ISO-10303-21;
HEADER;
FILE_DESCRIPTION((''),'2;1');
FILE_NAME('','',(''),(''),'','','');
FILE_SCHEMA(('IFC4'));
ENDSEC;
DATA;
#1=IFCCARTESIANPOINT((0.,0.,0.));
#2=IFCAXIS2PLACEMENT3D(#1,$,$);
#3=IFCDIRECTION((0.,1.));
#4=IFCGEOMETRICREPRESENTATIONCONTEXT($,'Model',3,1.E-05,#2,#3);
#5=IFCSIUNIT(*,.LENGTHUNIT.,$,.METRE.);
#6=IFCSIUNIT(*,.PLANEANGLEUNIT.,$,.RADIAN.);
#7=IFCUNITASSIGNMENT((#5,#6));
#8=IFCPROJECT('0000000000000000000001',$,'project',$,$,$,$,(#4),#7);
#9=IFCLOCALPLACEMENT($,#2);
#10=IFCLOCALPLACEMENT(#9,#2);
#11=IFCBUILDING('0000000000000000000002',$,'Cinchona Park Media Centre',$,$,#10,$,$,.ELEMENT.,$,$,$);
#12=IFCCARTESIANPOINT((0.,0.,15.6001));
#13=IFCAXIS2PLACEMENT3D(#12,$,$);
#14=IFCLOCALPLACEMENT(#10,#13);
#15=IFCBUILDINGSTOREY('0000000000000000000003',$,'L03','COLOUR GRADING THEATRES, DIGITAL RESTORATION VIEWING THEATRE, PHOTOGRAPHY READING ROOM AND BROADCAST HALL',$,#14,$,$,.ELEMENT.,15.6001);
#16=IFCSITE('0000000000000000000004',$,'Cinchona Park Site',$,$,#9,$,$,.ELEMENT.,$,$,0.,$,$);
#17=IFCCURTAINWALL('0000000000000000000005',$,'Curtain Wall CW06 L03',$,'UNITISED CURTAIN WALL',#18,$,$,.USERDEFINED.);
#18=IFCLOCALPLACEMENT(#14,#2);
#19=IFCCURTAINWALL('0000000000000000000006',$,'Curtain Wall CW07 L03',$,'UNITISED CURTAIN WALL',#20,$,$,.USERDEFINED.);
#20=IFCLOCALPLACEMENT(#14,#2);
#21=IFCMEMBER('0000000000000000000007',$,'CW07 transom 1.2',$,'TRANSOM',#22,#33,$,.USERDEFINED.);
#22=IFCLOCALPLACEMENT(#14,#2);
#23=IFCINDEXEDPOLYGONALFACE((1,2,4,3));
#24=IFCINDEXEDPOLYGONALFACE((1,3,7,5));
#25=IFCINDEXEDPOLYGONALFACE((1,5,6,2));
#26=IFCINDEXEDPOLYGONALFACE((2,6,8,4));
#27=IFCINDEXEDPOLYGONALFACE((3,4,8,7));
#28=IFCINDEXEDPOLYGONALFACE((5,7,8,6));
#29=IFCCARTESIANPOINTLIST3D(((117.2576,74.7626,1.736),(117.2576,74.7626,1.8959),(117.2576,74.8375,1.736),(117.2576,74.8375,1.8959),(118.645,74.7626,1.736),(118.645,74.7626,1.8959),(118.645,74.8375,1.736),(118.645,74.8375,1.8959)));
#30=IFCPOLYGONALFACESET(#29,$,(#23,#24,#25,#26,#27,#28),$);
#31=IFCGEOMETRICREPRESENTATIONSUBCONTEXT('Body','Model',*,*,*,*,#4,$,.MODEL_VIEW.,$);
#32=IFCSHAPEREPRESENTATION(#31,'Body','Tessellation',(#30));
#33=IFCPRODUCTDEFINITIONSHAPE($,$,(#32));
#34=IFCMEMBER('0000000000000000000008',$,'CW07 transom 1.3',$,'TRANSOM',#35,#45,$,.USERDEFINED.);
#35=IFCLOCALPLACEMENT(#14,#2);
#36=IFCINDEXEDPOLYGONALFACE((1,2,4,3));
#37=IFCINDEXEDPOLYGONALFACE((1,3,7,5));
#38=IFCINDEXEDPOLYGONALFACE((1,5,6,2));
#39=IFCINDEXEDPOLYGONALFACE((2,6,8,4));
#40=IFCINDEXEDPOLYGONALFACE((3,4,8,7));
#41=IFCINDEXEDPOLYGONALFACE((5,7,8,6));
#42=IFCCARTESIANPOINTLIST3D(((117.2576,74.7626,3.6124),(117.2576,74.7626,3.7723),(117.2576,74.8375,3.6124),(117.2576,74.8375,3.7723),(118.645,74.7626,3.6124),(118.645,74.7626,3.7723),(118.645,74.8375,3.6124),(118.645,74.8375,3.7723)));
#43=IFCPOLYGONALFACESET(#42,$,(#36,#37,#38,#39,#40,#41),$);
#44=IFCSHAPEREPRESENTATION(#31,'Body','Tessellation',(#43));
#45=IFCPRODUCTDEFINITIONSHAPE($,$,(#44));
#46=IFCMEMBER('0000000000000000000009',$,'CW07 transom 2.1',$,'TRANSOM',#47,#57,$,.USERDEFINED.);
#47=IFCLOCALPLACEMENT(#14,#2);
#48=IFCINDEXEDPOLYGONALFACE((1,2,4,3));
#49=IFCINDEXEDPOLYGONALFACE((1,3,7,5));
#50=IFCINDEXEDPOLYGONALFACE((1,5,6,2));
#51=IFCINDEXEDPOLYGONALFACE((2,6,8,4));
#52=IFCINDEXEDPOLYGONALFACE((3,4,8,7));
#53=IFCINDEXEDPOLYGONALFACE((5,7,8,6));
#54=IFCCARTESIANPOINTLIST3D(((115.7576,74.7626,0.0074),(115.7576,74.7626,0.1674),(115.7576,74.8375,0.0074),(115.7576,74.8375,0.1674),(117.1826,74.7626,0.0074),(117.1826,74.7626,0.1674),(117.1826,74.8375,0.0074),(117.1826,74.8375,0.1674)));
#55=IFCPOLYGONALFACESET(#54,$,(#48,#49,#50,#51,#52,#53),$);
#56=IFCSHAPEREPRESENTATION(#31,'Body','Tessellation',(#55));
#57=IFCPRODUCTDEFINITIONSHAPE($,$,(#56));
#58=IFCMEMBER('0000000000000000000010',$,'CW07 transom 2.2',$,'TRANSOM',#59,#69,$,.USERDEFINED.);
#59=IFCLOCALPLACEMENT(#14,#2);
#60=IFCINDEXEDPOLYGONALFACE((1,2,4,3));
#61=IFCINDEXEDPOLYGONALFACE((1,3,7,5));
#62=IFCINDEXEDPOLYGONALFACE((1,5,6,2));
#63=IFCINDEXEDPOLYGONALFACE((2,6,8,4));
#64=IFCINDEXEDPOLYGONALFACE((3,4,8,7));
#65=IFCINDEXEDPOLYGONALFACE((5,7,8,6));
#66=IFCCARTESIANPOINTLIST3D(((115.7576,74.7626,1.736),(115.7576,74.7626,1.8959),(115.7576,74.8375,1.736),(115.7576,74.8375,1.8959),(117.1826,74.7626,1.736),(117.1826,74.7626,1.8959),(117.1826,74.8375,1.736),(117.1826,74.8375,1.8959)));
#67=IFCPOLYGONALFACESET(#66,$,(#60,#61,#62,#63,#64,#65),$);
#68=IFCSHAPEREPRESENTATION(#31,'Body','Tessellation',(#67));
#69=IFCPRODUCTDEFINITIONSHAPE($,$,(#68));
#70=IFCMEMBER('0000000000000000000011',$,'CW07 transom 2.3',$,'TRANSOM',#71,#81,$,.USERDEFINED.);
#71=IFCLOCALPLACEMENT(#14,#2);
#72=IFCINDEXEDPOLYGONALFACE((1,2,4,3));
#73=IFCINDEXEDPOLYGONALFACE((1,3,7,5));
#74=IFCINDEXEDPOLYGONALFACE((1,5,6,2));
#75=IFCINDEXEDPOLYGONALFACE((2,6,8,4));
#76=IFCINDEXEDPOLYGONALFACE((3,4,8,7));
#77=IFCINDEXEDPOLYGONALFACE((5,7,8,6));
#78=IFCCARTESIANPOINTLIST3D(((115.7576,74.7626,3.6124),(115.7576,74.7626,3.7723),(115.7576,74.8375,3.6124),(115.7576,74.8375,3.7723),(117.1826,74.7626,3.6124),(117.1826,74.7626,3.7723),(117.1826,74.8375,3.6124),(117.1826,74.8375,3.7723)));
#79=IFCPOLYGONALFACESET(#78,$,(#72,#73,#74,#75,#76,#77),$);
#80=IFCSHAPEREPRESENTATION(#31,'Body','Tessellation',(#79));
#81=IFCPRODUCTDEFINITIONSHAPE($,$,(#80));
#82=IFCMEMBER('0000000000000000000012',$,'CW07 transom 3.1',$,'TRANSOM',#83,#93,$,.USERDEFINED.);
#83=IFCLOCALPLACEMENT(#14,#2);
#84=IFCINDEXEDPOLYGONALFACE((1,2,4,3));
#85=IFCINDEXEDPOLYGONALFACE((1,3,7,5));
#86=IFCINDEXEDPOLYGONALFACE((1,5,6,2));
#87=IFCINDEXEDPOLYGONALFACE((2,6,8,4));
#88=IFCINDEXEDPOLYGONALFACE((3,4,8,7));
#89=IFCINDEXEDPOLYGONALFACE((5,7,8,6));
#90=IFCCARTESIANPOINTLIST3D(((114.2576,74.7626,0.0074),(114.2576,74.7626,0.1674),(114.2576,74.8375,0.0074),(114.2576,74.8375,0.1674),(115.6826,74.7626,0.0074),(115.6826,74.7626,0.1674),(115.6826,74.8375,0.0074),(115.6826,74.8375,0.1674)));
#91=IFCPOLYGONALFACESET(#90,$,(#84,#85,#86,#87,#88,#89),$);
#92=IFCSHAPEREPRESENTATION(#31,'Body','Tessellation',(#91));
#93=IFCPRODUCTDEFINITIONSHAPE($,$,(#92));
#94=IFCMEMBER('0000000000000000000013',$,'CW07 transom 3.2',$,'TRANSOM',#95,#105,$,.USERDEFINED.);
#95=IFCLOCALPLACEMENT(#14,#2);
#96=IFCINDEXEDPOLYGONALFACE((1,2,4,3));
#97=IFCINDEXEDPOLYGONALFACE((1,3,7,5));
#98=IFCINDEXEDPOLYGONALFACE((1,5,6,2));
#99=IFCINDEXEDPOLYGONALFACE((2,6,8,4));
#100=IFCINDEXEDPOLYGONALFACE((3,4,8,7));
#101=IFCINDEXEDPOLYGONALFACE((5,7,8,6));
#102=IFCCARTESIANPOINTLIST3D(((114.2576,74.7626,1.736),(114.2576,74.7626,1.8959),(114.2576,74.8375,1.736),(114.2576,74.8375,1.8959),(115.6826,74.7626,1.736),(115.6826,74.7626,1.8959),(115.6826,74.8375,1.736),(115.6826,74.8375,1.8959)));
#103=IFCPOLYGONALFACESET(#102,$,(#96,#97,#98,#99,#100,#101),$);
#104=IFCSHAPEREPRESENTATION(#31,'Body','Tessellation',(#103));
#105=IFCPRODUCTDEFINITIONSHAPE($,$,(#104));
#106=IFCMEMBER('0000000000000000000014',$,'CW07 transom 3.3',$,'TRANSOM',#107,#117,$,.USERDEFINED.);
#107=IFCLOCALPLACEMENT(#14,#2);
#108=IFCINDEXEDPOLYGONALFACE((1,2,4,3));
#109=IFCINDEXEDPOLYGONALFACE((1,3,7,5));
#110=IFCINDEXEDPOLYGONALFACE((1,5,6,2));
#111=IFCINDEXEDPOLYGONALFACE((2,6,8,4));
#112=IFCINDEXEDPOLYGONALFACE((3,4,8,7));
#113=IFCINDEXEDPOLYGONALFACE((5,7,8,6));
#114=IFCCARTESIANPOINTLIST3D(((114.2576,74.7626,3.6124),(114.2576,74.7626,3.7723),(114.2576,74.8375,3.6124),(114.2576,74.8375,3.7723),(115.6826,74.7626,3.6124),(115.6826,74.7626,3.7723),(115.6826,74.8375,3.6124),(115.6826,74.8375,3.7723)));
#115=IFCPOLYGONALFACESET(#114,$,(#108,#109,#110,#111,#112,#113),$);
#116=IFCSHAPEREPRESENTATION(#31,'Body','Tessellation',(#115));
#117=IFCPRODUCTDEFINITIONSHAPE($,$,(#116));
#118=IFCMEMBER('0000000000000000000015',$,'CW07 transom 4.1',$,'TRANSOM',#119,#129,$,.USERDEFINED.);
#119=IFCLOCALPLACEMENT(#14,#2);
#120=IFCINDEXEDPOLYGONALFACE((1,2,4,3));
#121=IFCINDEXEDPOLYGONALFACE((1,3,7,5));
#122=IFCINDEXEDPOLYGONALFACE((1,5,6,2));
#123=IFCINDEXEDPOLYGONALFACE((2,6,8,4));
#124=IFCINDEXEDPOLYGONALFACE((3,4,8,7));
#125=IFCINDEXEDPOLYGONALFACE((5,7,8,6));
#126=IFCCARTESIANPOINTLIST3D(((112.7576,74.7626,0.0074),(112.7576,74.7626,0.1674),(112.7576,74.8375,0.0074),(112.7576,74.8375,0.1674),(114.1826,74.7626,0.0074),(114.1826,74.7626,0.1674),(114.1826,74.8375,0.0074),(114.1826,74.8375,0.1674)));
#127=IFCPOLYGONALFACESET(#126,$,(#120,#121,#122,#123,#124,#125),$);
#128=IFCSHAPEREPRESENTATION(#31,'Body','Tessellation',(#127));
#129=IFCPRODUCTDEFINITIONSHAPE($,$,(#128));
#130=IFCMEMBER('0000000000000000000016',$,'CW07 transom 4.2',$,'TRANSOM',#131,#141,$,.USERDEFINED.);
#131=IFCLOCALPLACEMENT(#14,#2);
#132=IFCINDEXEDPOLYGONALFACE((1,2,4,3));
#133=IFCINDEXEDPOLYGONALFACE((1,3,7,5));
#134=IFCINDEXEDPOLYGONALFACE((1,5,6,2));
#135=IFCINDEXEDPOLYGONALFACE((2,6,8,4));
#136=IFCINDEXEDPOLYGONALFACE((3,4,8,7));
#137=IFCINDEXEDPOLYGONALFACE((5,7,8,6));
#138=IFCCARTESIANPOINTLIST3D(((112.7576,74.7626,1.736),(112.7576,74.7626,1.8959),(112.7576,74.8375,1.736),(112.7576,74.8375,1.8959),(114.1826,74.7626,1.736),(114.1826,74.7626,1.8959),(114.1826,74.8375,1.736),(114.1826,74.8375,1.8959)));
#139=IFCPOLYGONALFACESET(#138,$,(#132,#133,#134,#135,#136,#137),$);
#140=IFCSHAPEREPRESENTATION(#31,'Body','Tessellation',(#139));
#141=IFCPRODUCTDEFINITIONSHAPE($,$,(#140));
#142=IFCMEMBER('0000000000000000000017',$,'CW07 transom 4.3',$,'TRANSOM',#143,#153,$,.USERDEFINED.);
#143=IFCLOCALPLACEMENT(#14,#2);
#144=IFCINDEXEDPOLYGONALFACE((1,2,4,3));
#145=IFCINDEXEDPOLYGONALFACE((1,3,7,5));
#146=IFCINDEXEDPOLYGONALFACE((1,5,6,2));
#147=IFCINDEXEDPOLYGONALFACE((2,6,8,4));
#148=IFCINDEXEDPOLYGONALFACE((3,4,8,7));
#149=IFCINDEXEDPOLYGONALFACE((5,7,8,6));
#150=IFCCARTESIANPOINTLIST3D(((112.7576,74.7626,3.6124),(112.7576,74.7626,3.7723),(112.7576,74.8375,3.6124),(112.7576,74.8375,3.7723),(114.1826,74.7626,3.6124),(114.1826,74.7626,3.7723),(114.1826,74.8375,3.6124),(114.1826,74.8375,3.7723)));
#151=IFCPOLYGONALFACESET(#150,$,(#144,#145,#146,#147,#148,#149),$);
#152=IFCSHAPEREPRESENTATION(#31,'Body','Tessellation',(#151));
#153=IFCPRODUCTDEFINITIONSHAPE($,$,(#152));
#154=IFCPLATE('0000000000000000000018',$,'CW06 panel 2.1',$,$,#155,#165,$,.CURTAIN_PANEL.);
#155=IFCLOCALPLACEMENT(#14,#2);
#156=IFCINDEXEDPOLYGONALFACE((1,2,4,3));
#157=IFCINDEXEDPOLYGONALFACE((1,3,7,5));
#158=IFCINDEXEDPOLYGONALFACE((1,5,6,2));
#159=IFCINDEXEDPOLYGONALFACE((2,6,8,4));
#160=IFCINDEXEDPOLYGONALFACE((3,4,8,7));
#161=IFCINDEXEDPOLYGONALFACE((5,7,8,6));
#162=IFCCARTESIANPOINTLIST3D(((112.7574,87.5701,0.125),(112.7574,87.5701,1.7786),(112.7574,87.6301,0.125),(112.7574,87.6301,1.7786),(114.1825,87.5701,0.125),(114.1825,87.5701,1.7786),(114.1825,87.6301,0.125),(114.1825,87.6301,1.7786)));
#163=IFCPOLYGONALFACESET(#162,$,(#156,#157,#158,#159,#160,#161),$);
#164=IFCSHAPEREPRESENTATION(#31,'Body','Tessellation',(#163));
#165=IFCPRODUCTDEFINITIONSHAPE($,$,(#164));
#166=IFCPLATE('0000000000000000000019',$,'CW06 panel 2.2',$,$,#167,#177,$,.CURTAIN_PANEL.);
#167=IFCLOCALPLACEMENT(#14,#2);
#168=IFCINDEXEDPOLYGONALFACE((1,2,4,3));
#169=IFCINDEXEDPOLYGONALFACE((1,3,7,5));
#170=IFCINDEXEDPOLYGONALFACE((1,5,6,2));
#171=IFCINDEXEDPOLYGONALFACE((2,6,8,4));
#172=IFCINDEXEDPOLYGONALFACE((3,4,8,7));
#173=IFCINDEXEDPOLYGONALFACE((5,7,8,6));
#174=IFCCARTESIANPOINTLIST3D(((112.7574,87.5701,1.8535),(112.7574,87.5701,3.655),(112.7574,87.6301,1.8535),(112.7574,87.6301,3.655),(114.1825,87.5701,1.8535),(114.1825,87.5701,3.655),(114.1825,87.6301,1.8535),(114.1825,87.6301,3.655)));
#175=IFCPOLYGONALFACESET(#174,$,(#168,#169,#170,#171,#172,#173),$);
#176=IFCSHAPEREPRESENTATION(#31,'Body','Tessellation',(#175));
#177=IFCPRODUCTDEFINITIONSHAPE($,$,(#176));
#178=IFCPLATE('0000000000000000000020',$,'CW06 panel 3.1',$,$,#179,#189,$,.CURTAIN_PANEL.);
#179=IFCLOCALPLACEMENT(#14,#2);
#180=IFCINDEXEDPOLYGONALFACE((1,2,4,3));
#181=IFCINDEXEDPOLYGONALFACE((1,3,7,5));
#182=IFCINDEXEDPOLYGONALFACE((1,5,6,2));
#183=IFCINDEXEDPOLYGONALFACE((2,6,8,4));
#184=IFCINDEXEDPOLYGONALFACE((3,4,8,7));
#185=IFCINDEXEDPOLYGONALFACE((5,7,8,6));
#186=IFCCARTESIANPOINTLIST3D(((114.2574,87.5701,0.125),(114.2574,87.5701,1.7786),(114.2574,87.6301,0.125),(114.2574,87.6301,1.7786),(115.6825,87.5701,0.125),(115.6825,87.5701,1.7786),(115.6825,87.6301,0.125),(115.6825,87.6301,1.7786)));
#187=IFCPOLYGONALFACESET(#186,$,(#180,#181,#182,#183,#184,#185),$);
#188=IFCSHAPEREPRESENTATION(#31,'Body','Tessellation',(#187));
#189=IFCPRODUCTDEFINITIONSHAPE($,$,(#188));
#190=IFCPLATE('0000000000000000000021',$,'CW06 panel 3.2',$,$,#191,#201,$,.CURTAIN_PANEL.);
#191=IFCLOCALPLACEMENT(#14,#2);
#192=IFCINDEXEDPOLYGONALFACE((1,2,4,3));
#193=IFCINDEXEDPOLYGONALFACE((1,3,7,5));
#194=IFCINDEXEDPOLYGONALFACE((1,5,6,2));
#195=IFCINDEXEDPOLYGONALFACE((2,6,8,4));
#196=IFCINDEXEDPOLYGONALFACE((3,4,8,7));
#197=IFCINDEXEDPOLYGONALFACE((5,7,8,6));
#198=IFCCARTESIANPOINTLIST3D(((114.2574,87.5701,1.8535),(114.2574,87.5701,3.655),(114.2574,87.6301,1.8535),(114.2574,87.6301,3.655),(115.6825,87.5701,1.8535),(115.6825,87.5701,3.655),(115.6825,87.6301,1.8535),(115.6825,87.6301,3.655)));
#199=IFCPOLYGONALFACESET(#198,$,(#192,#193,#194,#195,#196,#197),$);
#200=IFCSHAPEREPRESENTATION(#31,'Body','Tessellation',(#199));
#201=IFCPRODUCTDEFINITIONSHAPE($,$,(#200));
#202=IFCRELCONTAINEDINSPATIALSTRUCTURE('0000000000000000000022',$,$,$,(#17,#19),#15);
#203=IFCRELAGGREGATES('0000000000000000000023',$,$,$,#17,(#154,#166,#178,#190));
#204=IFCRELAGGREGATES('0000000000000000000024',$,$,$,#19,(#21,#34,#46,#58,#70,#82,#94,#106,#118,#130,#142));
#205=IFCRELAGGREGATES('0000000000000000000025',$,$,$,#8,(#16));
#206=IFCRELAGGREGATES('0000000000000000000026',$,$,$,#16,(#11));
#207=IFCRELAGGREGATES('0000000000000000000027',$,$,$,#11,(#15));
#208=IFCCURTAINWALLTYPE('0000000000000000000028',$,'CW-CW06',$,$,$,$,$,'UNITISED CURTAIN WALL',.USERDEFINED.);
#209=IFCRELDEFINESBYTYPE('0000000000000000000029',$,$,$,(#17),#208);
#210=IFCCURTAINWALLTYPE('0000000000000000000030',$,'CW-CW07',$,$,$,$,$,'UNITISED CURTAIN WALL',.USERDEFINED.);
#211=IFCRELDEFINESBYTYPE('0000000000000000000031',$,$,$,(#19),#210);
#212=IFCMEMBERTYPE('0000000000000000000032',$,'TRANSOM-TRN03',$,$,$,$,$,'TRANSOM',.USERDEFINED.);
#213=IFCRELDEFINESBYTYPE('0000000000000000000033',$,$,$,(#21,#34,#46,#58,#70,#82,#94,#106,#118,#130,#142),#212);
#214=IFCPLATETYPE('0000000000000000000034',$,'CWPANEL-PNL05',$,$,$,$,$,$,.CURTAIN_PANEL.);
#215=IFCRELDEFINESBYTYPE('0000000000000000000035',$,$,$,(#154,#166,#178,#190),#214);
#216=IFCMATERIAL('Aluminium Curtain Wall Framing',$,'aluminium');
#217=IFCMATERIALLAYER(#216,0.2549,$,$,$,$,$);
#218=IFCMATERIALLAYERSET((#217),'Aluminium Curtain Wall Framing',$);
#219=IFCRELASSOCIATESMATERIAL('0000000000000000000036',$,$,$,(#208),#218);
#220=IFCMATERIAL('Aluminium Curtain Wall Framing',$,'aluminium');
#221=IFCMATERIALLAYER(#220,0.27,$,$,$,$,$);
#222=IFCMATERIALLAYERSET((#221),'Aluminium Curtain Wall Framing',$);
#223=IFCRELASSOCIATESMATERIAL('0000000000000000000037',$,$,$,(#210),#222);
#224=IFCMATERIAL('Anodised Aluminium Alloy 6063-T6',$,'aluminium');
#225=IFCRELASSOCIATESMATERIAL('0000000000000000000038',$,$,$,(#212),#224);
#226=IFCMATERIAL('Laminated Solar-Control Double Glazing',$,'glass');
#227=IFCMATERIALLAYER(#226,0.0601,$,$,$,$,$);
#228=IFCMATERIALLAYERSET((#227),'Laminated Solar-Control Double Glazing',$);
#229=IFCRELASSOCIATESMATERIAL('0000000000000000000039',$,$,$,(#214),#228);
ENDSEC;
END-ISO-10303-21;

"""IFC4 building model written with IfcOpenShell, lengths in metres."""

from ifc_helpers import new_model, si_unit, direction, frame, origin, origin_2d, place, context, subcontext, project, spatial, rectangle, extrude, material, layer, layer_set, material_profile, profile_set, type_object, element, aggregate, save


model = new_model("IFC4")

# Units and contexts
model_context = context("Model", 3, precision=1e-05, world=origin(), true_north=direction((0.0, 1.0)))
body_context = subcontext(model_context, "Body", "Model", "MODEL_VIEW")
ifc_project = project(units=[si_unit("LENGTHUNIT", "METRE"), si_unit("PLANEANGLEUNIT", "RADIAN")], contexts=[model_context])

# Site, building, storey
site_placement = place(None, origin())
site = spatial("IfcSite", under=ifc_project, at=site_placement, Name="Cinchona Park Site", CompositionType="ELEMENT", RefElevation=0.0)
building_placement = place(site_placement, origin())
building = spatial("IfcBuilding", under=site, at=building_placement, Name="Cinchona Park Media Centre", CompositionType="ELEMENT")
storey_placement = place(building_placement, frame((0.0, 0.0, 15.6001)))
storey = spatial("IfcBuildingStorey", under=building, at=storey_placement, Name="L03", Description="COLOUR GRADING THEATRES, DIGITAL RESTORATION VIEWING THEATRE, PHOTOGRAPHY READING ROOM AND BROADCAST HALL", CompositionType="ELEMENT", Elevation=15.6001)

# Curtain walls
ifc_material_1 = material(Name="Aluminium Curtain Wall Framing", Category="aluminium")
ifc_layer_1 = layer(ifc_material_1, 0.2549)
ifc_layer_set_1 = layer_set([ifc_layer_1], Name="Aluminium Curtain Wall Framing")
curtain_wall_type_1 = type_object("IfcCurtainWallType", Name="CW-CW06", ElementType="UNITISED CURTAIN WALL", PredefinedType="USERDEFINED", material=ifc_layer_set_1)
curtain_wall_1_placement = place(storey_placement, origin())
curtain_wall_1 = element("IfcCurtainWall", 1, at=curtain_wall_1_placement, inside=storey, type_object=curtain_wall_type_1, Name="Curtain Wall CW06 L03", ObjectType="UNITISED CURTAIN WALL", PredefinedType="USERDEFINED")
ifc_material_2 = material(Name="Aluminium Curtain Wall Framing", Category="aluminium")
ifc_layer_2 = layer(ifc_material_2, 0.27)
ifc_layer_set_2 = layer_set([ifc_layer_2], Name="Aluminium Curtain Wall Framing")
curtain_wall_type_2 = type_object("IfcCurtainWallType", Name="CW-CW07", ElementType="UNITISED CURTAIN WALL", PredefinedType="USERDEFINED", material=ifc_layer_set_2)
curtain_wall_2_placement = place(storey_placement, origin())
curtain_wall_2 = element("IfcCurtainWall", 2, at=curtain_wall_2_placement, inside=storey, type_object=curtain_wall_type_2, Name="Curtain Wall CW07 L03", ObjectType="UNITISED CURTAIN WALL", PredefinedType="USERDEFINED")

# Members
ifc_material_3 = material(Name="Anodised Aluminium Alloy 6063-T6", Category="aluminium")
ifc_material_profile_1 = material_profile(ifc_material_3, rectangle(XDim=0.075, YDim=0.1599, at=origin_2d()), Name="TRN-75X160")
ifc_profile_set_1 = profile_set([ifc_material_profile_1], Name="Anodised Aluminium Alloy 6063-T6")
member_type_1 = type_object("IfcMemberType", Name="TRANSOM-TRN03", ElementType="TRANSOM", PredefinedType="USERDEFINED", material=ifc_profile_set_1)
member_1_placement = place(storey_placement, frame((118.645, 74.8, 1.8159), z_axis=(-1.0, 0.0, 0.0), x_axis=(0.0, -1.0, 0.0)))
member_1 = element("IfcMember", 3, at=member_1_placement, type_object=member_type_1, Name="CW07 transom 1.2", ObjectType="TRANSOM", PredefinedType="USERDEFINED", context=body_context, shape_type="SweptSolid", body=[
    extrude(rectangle(XDim=0.075, YDim=0.1599, at=origin_2d()), origin(), (0.0, 0.0, 1.0), 1.3875),
])
member_2_placement = place(storey_placement, frame((118.645, 74.8, 3.6924), z_axis=(-1.0, 0.0, 0.0), x_axis=(0.0, -1.0, 0.0)))
member_2 = element("IfcMember", 4, at=member_2_placement, type_object=member_type_1, Name="CW07 transom 1.3", ObjectType="TRANSOM", PredefinedType="USERDEFINED", context=body_context, shape_type="SweptSolid", body=[
    extrude(rectangle(XDim=0.075, YDim=0.1599, at=origin_2d()), origin(), (0.0, 0.0, 1.0), 1.3875),
])
member_3_placement = place(storey_placement, frame((117.1826, 74.8, 0.0874), z_axis=(-1.0, 0.0, 0.0), x_axis=(0.0, -1.0, 0.0)))
member_3 = element("IfcMember", 5, at=member_3_placement, type_object=member_type_1, Name="CW07 transom 2.1", ObjectType="TRANSOM", PredefinedType="USERDEFINED", context=body_context, shape_type="SweptSolid", body=[
    extrude(rectangle(XDim=0.075, YDim=0.1599, at=origin_2d()), origin(), (0.0, 0.0, 1.0), 1.425),
])
member_4_placement = place(storey_placement, frame((117.1826, 74.8, 1.8159), z_axis=(-1.0, 0.0, 0.0), x_axis=(0.0, -1.0, 0.0)))
member_4 = element("IfcMember", 6, at=member_4_placement, type_object=member_type_1, Name="CW07 transom 2.2", ObjectType="TRANSOM", PredefinedType="USERDEFINED", context=body_context, shape_type="SweptSolid", body=[
    extrude(rectangle(XDim=0.075, YDim=0.1599, at=origin_2d()), origin(), (0.0, 0.0, 1.0), 1.425),
])
member_5_placement = place(storey_placement, frame((117.1826, 74.8, 3.6924), z_axis=(-1.0, 0.0, 0.0), x_axis=(0.0, -1.0, 0.0)))
member_5 = element("IfcMember", 7, at=member_5_placement, type_object=member_type_1, Name="CW07 transom 2.3", ObjectType="TRANSOM", PredefinedType="USERDEFINED", context=body_context, shape_type="SweptSolid", body=[
    extrude(rectangle(XDim=0.075, YDim=0.1599, at=origin_2d()), origin(), (0.0, 0.0, 1.0), 1.425),
])
member_6_placement = place(storey_placement, frame((115.6826, 74.8, 0.0874), z_axis=(-1.0, 0.0, 0.0), x_axis=(0.0, -1.0, 0.0)))
member_6 = element("IfcMember", 8, at=member_6_placement, type_object=member_type_1, Name="CW07 transom 3.1", ObjectType="TRANSOM", PredefinedType="USERDEFINED", context=body_context, shape_type="SweptSolid", body=[
    extrude(rectangle(XDim=0.075, YDim=0.1599, at=origin_2d()), origin(), (0.0, 0.0, 1.0), 1.425),
])
member_7_placement = place(storey_placement, frame((115.6826, 74.8, 1.8159), z_axis=(-1.0, 0.0, 0.0), x_axis=(0.0, -1.0, 0.0)))
member_7 = element("IfcMember", 9, at=member_7_placement, type_object=member_type_1, Name="CW07 transom 3.2", ObjectType="TRANSOM", PredefinedType="USERDEFINED", context=body_context, shape_type="SweptSolid", body=[
    extrude(rectangle(XDim=0.075, YDim=0.1599, at=origin_2d()), origin(), (0.0, 0.0, 1.0), 1.425),
])
member_8_placement = place(storey_placement, frame((115.6826, 74.8, 3.6924), z_axis=(-1.0, 0.0, 0.0), x_axis=(0.0, -1.0, 0.0)))
member_8 = element("IfcMember", 10, at=member_8_placement, type_object=member_type_1, Name="CW07 transom 3.3", ObjectType="TRANSOM", PredefinedType="USERDEFINED", context=body_context, shape_type="SweptSolid", body=[
    extrude(rectangle(XDim=0.075, YDim=0.1599, at=origin_2d()), origin(), (0.0, 0.0, 1.0), 1.425),
])
member_9_placement = place(storey_placement, frame((114.1826, 74.8, 0.0874), z_axis=(-1.0, 0.0, 0.0), x_axis=(0.0, -1.0, 0.0)))
member_9 = element("IfcMember", 11, at=member_9_placement, type_object=member_type_1, Name="CW07 transom 4.1", ObjectType="TRANSOM", PredefinedType="USERDEFINED", context=body_context, shape_type="SweptSolid", body=[
    extrude(rectangle(XDim=0.075, YDim=0.1599, at=origin_2d()), origin(), (0.0, 0.0, 1.0), 1.425),
])
member_10_placement = place(storey_placement, frame((114.1826, 74.8, 1.8159), z_axis=(-1.0, 0.0, 0.0), x_axis=(0.0, -1.0, 0.0)))
member_10 = element("IfcMember", 12, at=member_10_placement, type_object=member_type_1, Name="CW07 transom 4.2", ObjectType="TRANSOM", PredefinedType="USERDEFINED", context=body_context, shape_type="SweptSolid", body=[
    extrude(rectangle(XDim=0.075, YDim=0.1599, at=origin_2d()), origin(), (0.0, 0.0, 1.0), 1.425),
])
member_11_placement = place(storey_placement, frame((114.1826, 74.8, 3.6924), z_axis=(-1.0, 0.0, 0.0), x_axis=(0.0, -1.0, 0.0)))
member_11 = element("IfcMember", 13, at=member_11_placement, type_object=member_type_1, Name="CW07 transom 4.3", ObjectType="TRANSOM", PredefinedType="USERDEFINED", context=body_context, shape_type="SweptSolid", body=[
    extrude(rectangle(XDim=0.075, YDim=0.1599, at=origin_2d()), origin(), (0.0, 0.0, 1.0), 1.425),
])

# Plates
ifc_material_4 = material(Name="Laminated Solar-Control Double Glazing", Category="glass")
ifc_layer_3 = layer(ifc_material_4, 0.0601)
ifc_layer_set_3 = layer_set([ifc_layer_3], Name="Laminated Solar-Control Double Glazing")
plate_type_1 = type_object("IfcPlateType", Name="CWPANEL-PNL05", PredefinedType="CURTAIN_PANEL", material=ifc_layer_set_3)
plate_1_placement = place(storey_placement, frame((113.47, 87.6001, 0.125), z_axis=(0.0, 0.0, 1.0), x_axis=(1.0, 0.0, 0.0)))
plate_1 = element("IfcPlate", 14, at=plate_1_placement, type_object=plate_type_1, Name="CW06 panel 2.1", PredefinedType="CURTAIN_PANEL", context=body_context, shape_type="SweptSolid", body=[
    extrude(rectangle(XDim=1.425, YDim=0.0601, at=origin_2d()), origin(), (0.0, 0.0, 1.0), 1.6536),
])
plate_2_placement = place(storey_placement, frame((113.47, 87.6001, 1.8535), z_axis=(0.0, 0.0, 1.0), x_axis=(1.0, 0.0, 0.0)))
plate_2 = element("IfcPlate", 15, at=plate_2_placement, type_object=plate_type_1, Name="CW06 panel 2.2", PredefinedType="CURTAIN_PANEL", context=body_context, shape_type="SweptSolid", body=[
    extrude(rectangle(XDim=1.425, YDim=0.0601, at=origin_2d()), origin(), (0.0, 0.0, 1.0), 1.8015),
])
plate_3_placement = place(storey_placement, frame((114.97, 87.6001, 0.125), z_axis=(0.0, 0.0, 1.0), x_axis=(1.0, 0.0, 0.0)))
plate_3 = element("IfcPlate", 16, at=plate_3_placement, type_object=plate_type_1, Name="CW06 panel 3.1", PredefinedType="CURTAIN_PANEL", context=body_context, shape_type="SweptSolid", body=[
    extrude(rectangle(XDim=1.425, YDim=0.0601, at=origin_2d()), origin(), (0.0, 0.0, 1.0), 1.6536),
])
plate_4_placement = place(storey_placement, frame((114.97, 87.6001, 1.8535), z_axis=(0.0, 0.0, 1.0), x_axis=(1.0, 0.0, 0.0)))
plate_4 = element("IfcPlate", 17, at=plate_4_placement, type_object=plate_type_1, Name="CW06 panel 3.2", PredefinedType="CURTAIN_PANEL", context=body_context, shape_type="SweptSolid", body=[
    extrude(rectangle(XDim=1.425, YDim=0.0601, at=origin_2d()), origin(), (0.0, 0.0, 1.0), 1.8015),
])
aggregate(curtain_wall_1, [plate_1, plate_2, plate_3, plate_4])
aggregate(curtain_wall_2, [member_1, member_2, member_3, member_4, member_5, member_6, member_7, member_8, member_9, member_10, member_11])

save(model, "model.ifc")
